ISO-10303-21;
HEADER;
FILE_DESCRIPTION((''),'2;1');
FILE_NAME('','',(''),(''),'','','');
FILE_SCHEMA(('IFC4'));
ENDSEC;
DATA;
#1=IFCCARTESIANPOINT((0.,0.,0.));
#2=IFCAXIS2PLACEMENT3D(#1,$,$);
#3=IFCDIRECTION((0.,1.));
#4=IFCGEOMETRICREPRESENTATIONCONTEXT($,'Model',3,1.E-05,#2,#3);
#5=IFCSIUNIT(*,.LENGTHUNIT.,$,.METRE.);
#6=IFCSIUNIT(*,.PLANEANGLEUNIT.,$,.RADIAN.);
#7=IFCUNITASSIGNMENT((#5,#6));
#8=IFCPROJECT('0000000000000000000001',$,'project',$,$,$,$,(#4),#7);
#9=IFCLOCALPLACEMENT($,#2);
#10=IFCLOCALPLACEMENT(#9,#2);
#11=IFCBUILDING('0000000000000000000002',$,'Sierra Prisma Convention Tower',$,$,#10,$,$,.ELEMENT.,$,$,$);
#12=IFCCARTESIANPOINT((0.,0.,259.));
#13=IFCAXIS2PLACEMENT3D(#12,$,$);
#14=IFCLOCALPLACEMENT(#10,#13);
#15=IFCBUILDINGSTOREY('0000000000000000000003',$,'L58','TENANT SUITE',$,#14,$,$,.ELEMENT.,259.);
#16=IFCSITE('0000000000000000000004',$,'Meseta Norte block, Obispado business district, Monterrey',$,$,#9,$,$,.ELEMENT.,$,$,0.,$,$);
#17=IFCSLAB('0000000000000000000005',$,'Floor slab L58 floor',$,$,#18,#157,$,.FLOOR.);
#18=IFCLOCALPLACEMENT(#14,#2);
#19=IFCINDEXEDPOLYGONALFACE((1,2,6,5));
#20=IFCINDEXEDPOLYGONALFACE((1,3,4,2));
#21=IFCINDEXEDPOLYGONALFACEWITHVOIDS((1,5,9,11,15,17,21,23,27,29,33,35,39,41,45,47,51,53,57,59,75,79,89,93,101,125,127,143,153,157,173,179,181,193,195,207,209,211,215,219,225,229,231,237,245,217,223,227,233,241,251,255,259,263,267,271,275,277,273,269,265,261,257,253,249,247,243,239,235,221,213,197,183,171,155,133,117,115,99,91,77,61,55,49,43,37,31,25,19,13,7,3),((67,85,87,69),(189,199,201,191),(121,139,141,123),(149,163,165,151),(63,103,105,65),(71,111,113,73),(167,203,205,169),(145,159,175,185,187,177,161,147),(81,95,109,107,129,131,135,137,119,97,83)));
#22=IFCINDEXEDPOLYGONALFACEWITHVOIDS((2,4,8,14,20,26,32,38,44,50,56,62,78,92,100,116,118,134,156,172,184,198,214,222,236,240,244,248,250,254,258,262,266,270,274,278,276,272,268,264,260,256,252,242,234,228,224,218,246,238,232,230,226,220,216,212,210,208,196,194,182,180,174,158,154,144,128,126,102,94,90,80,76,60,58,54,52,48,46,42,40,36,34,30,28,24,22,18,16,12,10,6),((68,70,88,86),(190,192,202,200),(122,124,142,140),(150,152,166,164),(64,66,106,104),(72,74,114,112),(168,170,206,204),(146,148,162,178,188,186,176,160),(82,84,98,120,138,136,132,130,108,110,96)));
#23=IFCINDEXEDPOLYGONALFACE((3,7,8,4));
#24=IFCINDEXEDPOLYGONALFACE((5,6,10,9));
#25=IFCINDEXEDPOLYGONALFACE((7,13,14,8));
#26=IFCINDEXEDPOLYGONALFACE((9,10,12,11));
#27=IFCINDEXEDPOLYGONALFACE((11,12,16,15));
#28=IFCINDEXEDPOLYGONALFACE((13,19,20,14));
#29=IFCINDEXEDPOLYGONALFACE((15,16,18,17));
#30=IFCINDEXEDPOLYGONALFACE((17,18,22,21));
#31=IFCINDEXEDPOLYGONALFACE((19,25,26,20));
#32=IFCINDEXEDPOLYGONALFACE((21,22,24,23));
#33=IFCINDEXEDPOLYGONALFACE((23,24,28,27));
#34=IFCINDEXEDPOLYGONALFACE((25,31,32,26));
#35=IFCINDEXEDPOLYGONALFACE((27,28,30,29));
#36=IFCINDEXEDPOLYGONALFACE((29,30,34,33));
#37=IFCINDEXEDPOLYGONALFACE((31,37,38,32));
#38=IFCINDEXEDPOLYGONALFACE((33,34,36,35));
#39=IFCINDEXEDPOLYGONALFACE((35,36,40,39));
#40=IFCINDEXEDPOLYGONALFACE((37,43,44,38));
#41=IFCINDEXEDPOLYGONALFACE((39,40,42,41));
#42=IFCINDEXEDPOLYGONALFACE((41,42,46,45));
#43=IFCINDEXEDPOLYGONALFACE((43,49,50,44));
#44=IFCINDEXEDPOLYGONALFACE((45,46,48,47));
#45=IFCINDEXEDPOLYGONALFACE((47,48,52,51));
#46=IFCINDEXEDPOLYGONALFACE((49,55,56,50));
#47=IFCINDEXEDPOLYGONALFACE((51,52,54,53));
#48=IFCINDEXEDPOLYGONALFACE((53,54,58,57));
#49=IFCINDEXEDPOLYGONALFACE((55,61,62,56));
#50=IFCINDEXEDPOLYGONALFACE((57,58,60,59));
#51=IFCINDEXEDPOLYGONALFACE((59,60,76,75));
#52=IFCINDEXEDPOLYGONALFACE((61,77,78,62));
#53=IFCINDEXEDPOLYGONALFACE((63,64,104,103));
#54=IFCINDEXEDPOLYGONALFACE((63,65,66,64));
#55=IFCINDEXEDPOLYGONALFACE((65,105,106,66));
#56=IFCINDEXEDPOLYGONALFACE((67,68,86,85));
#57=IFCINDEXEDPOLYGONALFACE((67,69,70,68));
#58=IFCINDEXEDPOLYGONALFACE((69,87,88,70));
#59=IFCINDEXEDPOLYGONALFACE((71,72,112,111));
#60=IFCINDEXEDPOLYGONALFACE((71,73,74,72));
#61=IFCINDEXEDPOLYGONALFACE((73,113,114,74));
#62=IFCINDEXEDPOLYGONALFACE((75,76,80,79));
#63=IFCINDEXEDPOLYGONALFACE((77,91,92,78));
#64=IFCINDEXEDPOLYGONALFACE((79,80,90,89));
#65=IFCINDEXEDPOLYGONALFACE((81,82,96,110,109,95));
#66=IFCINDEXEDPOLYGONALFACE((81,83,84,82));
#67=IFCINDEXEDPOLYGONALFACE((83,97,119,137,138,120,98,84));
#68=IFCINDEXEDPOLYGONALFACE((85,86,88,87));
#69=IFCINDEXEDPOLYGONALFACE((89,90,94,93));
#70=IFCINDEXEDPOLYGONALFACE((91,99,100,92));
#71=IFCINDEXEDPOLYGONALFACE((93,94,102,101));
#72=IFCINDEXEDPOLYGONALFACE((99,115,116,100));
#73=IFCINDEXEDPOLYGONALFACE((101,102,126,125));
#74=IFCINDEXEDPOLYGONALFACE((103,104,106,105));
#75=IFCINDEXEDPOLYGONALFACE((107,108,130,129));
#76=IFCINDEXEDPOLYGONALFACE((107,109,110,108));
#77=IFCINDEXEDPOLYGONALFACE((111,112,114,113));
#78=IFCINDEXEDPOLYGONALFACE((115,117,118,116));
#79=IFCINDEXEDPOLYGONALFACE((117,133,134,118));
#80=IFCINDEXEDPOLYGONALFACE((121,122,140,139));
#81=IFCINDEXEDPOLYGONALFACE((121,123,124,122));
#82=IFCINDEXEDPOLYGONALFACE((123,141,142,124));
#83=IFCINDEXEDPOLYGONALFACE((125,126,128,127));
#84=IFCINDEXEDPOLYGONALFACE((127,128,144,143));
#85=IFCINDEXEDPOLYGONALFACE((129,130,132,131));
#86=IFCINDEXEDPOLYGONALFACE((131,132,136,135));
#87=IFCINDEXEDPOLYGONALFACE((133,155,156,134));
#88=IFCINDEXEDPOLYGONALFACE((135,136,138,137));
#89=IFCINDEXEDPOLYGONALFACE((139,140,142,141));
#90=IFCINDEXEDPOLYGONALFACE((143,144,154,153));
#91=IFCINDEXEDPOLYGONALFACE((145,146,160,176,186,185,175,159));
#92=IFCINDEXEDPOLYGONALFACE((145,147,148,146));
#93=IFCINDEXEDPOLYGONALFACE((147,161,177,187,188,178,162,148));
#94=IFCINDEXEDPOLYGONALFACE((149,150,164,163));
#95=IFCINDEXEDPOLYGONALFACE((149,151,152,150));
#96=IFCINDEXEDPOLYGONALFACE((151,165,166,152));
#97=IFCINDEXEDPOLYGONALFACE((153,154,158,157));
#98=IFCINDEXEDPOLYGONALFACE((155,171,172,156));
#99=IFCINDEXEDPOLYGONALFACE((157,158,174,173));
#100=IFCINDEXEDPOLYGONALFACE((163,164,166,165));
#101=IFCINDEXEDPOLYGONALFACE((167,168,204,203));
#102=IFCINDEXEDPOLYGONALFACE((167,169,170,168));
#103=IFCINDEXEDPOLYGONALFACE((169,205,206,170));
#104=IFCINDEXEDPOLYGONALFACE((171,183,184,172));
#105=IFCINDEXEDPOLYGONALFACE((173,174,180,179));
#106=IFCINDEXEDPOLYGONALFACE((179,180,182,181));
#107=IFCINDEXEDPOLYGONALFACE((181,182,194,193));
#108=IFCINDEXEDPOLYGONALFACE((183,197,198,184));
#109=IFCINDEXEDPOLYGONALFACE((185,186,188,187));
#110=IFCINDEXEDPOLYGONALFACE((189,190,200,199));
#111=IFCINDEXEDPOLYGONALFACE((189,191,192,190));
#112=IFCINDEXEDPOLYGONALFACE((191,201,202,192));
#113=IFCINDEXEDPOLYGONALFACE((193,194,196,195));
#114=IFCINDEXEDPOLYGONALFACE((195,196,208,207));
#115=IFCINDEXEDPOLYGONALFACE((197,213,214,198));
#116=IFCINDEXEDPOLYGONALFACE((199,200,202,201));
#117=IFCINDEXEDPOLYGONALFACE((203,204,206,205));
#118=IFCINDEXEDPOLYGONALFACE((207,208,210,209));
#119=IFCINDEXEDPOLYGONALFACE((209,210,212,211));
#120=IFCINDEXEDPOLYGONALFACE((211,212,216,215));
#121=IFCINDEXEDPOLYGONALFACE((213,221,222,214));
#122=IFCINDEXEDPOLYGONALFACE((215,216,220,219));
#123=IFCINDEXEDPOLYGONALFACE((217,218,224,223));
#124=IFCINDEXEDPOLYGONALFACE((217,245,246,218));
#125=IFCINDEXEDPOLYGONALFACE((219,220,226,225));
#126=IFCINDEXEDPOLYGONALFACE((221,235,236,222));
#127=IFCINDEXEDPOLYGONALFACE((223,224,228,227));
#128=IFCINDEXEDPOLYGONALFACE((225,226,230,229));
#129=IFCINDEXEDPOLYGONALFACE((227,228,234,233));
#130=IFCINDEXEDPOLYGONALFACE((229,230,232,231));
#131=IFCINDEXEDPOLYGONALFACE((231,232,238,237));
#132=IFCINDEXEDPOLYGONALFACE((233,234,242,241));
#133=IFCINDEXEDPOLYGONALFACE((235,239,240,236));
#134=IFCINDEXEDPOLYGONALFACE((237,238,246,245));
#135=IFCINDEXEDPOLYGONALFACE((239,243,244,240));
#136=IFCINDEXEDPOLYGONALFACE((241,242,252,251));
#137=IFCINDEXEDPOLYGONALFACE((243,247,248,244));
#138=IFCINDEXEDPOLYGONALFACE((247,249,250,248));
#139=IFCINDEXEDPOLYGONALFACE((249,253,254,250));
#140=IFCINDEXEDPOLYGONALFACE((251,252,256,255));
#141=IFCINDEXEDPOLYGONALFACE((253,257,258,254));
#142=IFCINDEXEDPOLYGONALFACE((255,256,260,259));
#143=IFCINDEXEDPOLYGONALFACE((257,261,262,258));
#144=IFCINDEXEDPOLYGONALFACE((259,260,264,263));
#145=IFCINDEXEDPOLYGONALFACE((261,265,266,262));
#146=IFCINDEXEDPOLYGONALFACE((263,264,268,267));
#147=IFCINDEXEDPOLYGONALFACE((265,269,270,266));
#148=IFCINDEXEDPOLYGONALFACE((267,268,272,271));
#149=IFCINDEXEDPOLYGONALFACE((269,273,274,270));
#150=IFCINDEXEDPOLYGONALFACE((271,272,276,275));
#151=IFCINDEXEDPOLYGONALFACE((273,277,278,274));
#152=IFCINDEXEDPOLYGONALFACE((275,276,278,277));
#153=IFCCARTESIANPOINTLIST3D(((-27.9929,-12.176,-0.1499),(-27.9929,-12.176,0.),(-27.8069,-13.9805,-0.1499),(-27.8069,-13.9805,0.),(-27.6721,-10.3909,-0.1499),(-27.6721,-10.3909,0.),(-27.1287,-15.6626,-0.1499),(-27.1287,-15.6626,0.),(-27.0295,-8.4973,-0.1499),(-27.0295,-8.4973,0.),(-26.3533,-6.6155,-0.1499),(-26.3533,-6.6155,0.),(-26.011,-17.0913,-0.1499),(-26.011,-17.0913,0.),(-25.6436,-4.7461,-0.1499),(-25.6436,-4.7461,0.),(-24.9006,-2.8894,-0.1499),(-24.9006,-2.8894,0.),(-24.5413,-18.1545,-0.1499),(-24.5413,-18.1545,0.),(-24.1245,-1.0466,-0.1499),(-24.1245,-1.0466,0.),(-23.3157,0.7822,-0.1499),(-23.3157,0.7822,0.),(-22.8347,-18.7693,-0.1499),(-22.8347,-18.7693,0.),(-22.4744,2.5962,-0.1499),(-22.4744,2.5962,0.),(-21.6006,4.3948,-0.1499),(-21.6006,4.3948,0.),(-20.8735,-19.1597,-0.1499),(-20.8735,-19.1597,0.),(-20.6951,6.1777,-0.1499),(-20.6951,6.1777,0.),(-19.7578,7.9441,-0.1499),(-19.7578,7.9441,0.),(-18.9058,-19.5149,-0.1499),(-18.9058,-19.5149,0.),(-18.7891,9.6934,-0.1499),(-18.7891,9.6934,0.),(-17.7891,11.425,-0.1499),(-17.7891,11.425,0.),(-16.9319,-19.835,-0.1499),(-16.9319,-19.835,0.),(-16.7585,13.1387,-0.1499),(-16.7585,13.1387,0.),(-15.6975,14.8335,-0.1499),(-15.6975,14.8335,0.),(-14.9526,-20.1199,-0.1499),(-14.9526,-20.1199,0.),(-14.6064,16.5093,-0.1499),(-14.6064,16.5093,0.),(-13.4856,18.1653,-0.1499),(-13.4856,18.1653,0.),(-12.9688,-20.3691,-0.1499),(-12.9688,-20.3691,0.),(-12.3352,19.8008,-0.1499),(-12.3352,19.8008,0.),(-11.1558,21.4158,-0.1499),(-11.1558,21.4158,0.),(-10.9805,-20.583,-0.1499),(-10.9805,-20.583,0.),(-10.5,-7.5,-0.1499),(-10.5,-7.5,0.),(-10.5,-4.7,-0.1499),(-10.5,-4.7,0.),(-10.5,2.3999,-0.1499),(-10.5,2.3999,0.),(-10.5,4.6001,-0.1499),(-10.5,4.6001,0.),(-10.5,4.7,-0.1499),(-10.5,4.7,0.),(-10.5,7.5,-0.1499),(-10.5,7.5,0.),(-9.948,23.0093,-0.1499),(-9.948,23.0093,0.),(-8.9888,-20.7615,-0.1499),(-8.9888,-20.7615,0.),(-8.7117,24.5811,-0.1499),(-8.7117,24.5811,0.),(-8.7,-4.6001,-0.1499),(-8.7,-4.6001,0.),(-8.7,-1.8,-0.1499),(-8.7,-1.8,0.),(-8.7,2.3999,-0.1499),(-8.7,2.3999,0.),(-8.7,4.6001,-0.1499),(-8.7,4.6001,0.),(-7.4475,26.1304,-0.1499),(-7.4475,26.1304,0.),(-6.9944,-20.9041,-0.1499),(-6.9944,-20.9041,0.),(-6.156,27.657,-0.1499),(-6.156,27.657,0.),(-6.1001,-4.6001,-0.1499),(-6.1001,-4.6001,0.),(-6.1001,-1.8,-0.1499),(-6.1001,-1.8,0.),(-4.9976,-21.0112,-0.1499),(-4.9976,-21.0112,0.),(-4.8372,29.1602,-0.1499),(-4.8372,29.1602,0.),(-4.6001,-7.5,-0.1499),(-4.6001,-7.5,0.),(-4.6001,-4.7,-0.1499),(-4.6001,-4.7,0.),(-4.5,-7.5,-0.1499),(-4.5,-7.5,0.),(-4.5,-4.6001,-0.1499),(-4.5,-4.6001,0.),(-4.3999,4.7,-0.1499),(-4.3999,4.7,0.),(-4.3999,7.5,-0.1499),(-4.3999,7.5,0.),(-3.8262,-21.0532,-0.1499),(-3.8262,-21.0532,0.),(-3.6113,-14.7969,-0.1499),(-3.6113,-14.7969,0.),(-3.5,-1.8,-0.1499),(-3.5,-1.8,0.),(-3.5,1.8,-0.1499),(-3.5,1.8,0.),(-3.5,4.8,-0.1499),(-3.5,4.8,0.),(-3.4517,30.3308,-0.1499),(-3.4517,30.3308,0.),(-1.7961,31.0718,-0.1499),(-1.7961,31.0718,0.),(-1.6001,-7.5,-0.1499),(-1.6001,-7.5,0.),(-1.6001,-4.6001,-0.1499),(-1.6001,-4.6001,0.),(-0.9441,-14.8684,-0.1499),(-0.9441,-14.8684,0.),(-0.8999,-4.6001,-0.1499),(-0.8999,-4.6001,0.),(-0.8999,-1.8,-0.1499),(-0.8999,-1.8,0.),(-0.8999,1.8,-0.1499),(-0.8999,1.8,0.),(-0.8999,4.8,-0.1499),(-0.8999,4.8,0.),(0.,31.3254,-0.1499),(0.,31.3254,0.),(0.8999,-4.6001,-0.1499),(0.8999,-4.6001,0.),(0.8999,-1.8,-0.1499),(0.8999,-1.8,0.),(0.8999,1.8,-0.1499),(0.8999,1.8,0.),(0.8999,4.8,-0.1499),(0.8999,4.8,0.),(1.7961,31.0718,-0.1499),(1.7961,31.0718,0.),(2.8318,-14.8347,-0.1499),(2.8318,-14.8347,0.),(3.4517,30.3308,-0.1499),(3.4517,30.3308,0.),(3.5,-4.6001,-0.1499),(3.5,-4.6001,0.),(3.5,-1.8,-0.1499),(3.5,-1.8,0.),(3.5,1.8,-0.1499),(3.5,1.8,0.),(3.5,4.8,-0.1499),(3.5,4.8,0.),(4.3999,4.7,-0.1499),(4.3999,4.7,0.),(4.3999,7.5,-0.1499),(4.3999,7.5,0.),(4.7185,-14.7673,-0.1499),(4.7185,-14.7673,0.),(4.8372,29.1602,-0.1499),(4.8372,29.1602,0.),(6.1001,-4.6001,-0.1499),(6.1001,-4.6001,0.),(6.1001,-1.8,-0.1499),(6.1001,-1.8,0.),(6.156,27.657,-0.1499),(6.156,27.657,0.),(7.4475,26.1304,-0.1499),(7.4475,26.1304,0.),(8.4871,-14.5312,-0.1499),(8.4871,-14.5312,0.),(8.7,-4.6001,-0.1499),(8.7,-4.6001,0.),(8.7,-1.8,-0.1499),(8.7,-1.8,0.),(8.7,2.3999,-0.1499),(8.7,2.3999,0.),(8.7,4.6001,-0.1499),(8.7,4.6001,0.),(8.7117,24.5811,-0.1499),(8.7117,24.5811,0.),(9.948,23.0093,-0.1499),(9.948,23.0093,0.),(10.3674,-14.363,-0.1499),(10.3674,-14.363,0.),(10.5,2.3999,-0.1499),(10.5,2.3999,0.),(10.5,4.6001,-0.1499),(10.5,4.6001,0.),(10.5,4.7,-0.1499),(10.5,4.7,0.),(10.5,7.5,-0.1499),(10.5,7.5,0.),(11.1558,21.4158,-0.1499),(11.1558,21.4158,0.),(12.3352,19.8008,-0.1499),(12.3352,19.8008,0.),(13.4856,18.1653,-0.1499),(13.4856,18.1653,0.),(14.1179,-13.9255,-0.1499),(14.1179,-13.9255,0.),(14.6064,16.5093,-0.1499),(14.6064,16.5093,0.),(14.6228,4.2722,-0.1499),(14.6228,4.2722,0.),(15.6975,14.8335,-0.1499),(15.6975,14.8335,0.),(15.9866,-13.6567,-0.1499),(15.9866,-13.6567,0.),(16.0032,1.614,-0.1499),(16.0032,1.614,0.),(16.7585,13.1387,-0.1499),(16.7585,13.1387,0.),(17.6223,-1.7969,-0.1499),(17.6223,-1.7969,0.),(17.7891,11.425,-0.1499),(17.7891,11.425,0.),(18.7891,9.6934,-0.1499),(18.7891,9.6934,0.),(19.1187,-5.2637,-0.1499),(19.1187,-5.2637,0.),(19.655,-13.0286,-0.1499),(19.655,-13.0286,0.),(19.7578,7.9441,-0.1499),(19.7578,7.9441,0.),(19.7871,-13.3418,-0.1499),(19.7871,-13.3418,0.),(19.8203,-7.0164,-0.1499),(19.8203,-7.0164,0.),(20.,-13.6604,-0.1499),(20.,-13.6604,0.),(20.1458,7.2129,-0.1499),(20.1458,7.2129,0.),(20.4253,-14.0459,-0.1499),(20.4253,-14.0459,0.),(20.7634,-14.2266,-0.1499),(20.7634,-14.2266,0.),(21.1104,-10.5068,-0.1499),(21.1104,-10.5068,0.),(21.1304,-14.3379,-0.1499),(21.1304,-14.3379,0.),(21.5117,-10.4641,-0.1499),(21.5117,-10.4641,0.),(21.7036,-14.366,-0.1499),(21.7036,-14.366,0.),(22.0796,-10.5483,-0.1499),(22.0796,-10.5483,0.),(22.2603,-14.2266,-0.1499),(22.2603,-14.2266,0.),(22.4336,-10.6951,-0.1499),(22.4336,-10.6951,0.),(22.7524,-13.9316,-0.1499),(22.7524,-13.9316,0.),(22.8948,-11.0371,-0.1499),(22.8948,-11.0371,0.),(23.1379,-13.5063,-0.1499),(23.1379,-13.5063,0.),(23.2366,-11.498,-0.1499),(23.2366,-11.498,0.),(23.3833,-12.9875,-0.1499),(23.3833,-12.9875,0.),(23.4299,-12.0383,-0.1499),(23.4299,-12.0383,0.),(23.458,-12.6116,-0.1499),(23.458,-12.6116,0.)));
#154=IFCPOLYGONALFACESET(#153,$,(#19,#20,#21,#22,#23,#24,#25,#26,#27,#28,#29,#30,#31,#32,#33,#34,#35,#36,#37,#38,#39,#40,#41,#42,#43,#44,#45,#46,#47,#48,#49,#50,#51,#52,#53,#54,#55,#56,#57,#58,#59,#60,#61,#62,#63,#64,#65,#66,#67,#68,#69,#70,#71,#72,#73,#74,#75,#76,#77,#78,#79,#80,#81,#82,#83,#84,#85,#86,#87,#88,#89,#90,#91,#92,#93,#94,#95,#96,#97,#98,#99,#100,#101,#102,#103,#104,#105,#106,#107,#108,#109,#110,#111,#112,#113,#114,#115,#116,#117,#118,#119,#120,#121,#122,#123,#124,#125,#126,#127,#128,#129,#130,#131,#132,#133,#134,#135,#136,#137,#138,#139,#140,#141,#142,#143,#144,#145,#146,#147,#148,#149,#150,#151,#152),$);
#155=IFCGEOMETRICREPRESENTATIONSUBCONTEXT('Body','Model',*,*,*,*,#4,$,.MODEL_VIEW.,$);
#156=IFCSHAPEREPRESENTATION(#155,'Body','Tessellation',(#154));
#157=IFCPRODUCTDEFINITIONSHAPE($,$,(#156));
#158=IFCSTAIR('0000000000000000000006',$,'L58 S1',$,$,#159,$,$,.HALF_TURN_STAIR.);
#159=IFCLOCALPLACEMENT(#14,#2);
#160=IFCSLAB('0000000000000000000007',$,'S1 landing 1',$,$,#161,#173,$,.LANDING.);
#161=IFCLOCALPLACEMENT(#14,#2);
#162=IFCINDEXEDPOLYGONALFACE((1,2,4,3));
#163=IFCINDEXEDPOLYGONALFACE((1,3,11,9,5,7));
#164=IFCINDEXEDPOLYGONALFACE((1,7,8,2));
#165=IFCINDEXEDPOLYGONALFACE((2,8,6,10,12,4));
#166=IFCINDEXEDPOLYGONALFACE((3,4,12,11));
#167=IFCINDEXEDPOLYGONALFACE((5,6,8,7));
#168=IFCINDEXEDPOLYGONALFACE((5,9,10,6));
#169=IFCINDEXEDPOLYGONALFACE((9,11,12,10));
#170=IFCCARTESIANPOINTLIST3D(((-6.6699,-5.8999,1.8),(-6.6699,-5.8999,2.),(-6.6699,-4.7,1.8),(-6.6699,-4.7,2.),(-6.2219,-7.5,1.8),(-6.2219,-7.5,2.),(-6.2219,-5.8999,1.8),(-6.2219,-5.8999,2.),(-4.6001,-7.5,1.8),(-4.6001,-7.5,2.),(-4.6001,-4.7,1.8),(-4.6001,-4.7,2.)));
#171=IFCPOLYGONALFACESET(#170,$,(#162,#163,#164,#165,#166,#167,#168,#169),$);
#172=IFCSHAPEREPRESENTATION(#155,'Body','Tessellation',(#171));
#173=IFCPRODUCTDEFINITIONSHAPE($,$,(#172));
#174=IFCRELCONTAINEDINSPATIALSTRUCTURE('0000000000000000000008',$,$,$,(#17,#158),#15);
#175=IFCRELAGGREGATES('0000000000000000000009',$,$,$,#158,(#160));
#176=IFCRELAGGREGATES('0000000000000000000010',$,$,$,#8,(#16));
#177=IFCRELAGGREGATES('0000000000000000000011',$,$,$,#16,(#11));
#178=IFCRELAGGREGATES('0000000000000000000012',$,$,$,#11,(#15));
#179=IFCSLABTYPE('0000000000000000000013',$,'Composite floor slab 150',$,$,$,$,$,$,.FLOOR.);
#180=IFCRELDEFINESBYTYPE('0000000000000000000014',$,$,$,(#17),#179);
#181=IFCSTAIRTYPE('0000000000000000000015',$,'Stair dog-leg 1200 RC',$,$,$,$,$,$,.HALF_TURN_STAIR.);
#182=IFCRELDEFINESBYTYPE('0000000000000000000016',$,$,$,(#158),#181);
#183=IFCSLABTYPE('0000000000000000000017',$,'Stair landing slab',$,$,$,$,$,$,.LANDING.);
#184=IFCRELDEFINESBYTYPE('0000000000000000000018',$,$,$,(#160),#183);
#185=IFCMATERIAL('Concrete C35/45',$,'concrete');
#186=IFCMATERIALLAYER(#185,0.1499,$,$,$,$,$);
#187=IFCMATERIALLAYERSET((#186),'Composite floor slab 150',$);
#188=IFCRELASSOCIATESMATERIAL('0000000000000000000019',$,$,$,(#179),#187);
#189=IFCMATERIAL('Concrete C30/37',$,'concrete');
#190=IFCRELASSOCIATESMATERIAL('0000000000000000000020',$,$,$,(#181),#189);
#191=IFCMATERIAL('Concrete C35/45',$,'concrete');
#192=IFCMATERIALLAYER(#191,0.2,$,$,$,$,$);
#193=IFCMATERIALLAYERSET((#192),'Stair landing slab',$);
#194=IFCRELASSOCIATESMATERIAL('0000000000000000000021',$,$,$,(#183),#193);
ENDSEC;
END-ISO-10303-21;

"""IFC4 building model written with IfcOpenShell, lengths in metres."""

from ifc_helpers import new_model, si_unit, direction, frame, origin, place, context, subcontext, project, spatial, polyline, outline, extrude, material, layer, layer_set, type_object, element, aggregate, save


model = new_model("IFC4")

# Units and contexts
model_context = context("Model", 3, precision=1e-05, world=origin(), true_north=direction((0.0, 1.0)))
body_context = subcontext(model_context, "Body", "Model", "MODEL_VIEW")
ifc_project = project(units=[si_unit("LENGTHUNIT", "METRE"), si_unit("PLANEANGLEUNIT", "RADIAN")], contexts=[model_context])

# Site, building, storey
site_placement = place(None, origin())
site = spatial("IfcSite", under=ifc_project, at=site_placement, Name="Meseta Norte block, Obispado business district, Monterrey", CompositionType="ELEMENT", RefElevation=0.0)
building_placement = place(site_placement, origin())
building = spatial("IfcBuilding", under=site, at=building_placement, Name="Sierra Prisma Convention Tower", CompositionType="ELEMENT")
storey_placement = place(building_placement, frame((0.0, 0.0, 259.0)))
storey = spatial("IfcBuildingStorey", under=building, at=storey_placement, Name="L58", Description="TENANT SUITE", CompositionType="ELEMENT", Elevation=259.0)

# Slab
ifc_material_1 = material(Name="Concrete C35/45", Category="concrete")
ifc_layer_1 = layer(ifc_material_1, 0.1499)
ifc_layer_set_1 = layer_set([ifc_layer_1], Name="Composite floor slab 150")
slab_type_1 = type_object("IfcSlabType", Name="Composite floor slab 150", PredefinedType="FLOOR", material=ifc_layer_set_1)
slab_1_placement = place(storey_placement, frame((0.0, 0.0, -0.1499)))
element("IfcSlab", 1, at=slab_1_placement, inside=storey, type_object=slab_type_1, Name="Floor slab L58 floor", PredefinedType="FLOOR", context=body_context, shape_type="SweptSolid", body=[
    extrude(outline(polyline([(-4.9976, -21.0112), (-3.8262, -21.0532), (-3.6113, -14.7969), (-0.9441, -14.8684), (2.8318, -14.8347), (4.7185, -14.7673), (8.4871, -14.5312), (10.3674, -14.363), (14.1179, -13.9255), (15.9866, -13.6567), (19.655, -13.0286), (19.7871, -13.3418), (20.0, -13.6604), (20.4253, -14.0459), (20.7634, -14.2266), (21.1304, -14.3379), (21.7036, -14.366), (22.2603, -14.2266), (22.7524, -13.9316), (23.1379, -13.5063), (23.3833, -12.9875), (23.458, -12.6116), (23.4299, -12.0383), (23.2366, -11.498), (22.8948, -11.0371), (22.4336, -10.6951), (22.0796, -10.5483), (21.5117, -10.4641), (21.1104, -10.5068), (19.8203, -7.0164), (19.1187, -5.2637), (17.6223, -1.7969), (16.0032, 1.614), (14.6228, 4.2722), (20.1458, 7.2129), (19.7578, 7.9441), (18.7891, 9.6934), (17.7891, 11.425), (16.7585, 13.1387), (15.6975, 14.8335), (14.6064, 16.5093), (13.4856, 18.1653), (12.3352, 19.8008), (11.1558, 21.4158), (9.948, 23.0093), (8.7117, 24.5811), (7.4475, 26.1304), (6.156, 27.657), (4.8372, 29.1602), (3.4517, 30.3308), (1.7961, 31.0718), (0.0, 31.3254), (-1.7961, 31.0718), (-3.4517, 30.3308), (-4.8372, 29.1602), (-6.156, 27.657), (-7.4475, 26.1304), (-8.7117, 24.5811), (-9.948, 23.0093), (-11.1558, 21.4158), (-12.3352, 19.8008), (-13.4856, 18.1653), (-14.6064, 16.5093), (-15.6975, 14.8335), (-16.7585, 13.1387), (-17.7891, 11.425), (-18.7891, 9.6934), (-19.7578, 7.9441), (-20.6951, 6.1777), (-21.6006, 4.3948), (-22.4744, 2.5962), (-23.3157, 0.7822), (-24.1245, -1.0466), (-24.9006, -2.8894), (-25.6436, -4.7461), (-26.3533, -6.6155), (-27.0295, -8.4973), (-27.6721, -10.3909), (-27.9929, -12.176), (-27.8069, -13.9805), (-27.1287, -15.6626), (-26.011, -17.0913), (-24.5413, -18.1545), (-22.8347, -18.7693), (-20.8735, -19.1597), (-18.9058, -19.5149), (-16.9319, -19.835), (-14.9526, -20.1199), (-12.9688, -20.3691), (-10.9805, -20.583), (-8.9888, -20.7615), (-6.9944, -20.9041), (-4.9976, -21.0112)]), holes=[polyline([(-4.6001, -4.7), (-4.6001, -7.5), (-10.5, -7.5), (-10.5, -4.7), (-4.6001, -4.7)]), polyline([(-4.5, -7.5), (-4.5, -4.6001), (-6.1001, -4.6001), (-8.7, -4.6001), (-8.7, -1.8), (-6.1001, -1.8), (-3.5, -1.8), (-0.8999, -1.8), (-0.8999, -4.6001), (-1.6001, -4.6001), (-1.6001, -7.5), (-4.5, -7.5)]), polyline([(-8.7, 2.3999), (-10.5, 2.3999), (-10.5, 4.6001), (-8.7, 4.6001), (-8.7, 2.3999)]), polyline([(-4.3999, 4.7), (-10.5, 4.7), (-10.5, 7.5), (-4.3999, 7.5), (-4.3999, 4.7)]), polyline([(3.5, -1.8), (6.1001, -1.8), (8.7, -1.8), (8.7, -4.6001), (6.1001, -4.6001), (3.5, -4.6001), (0.8999, -4.6001), (0.8999, -1.8), (3.5, -1.8)]), polyline([(-0.8999, 1.8), (-3.5, 1.8), (-3.5, 4.8), (-0.8999, 4.8), (-0.8999, 1.8)]), polyline([(3.5, 1.8), (0.8999, 1.8), (0.8999, 4.8), (3.5, 4.8), (3.5, 1.8)]), polyline([(10.5, 2.3999), (8.7, 2.3999), (8.7, 4.6001), (10.5, 4.6001), (10.5, 2.3999)]), polyline([(10.5, 4.7), (4.3999, 4.7), (4.3999, 7.5), (10.5, 7.5), (10.5, 4.7)])]), origin(), (0.0, 0.0, 1.0), 0.1499),
])

# Stair, slab
ifc_material_2 = material(Name="Concrete C30/37", Category="concrete")
stair_type = type_object("IfcStairType", Name="Stair dog-leg 1200 RC", PredefinedType="HALF_TURN_STAIR", material=ifc_material_2)
stair_placement = place(storey_placement, origin())
stair = element("IfcStair", 2, at=stair_placement, inside=storey, type_object=stair_type, Name="L58 S1", PredefinedType="HALF_TURN_STAIR")
ifc_material_3 = material(Name="Concrete C35/45", Category="concrete")
ifc_layer_2 = layer(ifc_material_3, 0.2)
ifc_layer_set_2 = layer_set([ifc_layer_2], Name="Stair landing slab")
slab_type_2 = type_object("IfcSlabType", Name="Stair landing slab", PredefinedType="LANDING", material=ifc_layer_set_2)
slab_2_placement = place(storey_placement, frame((0.0, 0.0, 1.8)))
slab_2 = element("IfcSlab", 3, at=slab_2_placement, type_object=slab_type_2, Name="S1 landing 1", PredefinedType="LANDING", context=body_context, shape_type="SweptSolid", body=[
    extrude(outline(polyline([(-4.6001, -4.7), (-4.6001, -7.5), (-6.2219, -7.5), (-6.2219, -5.8999), (-6.6699, -5.8999), (-6.6699, -4.7), (-4.6001, -4.7)])), origin(), (0.0, 0.0, 1.0), 0.2),
])
aggregate(stair, [slab_2])

save(model, "model.ifc")
